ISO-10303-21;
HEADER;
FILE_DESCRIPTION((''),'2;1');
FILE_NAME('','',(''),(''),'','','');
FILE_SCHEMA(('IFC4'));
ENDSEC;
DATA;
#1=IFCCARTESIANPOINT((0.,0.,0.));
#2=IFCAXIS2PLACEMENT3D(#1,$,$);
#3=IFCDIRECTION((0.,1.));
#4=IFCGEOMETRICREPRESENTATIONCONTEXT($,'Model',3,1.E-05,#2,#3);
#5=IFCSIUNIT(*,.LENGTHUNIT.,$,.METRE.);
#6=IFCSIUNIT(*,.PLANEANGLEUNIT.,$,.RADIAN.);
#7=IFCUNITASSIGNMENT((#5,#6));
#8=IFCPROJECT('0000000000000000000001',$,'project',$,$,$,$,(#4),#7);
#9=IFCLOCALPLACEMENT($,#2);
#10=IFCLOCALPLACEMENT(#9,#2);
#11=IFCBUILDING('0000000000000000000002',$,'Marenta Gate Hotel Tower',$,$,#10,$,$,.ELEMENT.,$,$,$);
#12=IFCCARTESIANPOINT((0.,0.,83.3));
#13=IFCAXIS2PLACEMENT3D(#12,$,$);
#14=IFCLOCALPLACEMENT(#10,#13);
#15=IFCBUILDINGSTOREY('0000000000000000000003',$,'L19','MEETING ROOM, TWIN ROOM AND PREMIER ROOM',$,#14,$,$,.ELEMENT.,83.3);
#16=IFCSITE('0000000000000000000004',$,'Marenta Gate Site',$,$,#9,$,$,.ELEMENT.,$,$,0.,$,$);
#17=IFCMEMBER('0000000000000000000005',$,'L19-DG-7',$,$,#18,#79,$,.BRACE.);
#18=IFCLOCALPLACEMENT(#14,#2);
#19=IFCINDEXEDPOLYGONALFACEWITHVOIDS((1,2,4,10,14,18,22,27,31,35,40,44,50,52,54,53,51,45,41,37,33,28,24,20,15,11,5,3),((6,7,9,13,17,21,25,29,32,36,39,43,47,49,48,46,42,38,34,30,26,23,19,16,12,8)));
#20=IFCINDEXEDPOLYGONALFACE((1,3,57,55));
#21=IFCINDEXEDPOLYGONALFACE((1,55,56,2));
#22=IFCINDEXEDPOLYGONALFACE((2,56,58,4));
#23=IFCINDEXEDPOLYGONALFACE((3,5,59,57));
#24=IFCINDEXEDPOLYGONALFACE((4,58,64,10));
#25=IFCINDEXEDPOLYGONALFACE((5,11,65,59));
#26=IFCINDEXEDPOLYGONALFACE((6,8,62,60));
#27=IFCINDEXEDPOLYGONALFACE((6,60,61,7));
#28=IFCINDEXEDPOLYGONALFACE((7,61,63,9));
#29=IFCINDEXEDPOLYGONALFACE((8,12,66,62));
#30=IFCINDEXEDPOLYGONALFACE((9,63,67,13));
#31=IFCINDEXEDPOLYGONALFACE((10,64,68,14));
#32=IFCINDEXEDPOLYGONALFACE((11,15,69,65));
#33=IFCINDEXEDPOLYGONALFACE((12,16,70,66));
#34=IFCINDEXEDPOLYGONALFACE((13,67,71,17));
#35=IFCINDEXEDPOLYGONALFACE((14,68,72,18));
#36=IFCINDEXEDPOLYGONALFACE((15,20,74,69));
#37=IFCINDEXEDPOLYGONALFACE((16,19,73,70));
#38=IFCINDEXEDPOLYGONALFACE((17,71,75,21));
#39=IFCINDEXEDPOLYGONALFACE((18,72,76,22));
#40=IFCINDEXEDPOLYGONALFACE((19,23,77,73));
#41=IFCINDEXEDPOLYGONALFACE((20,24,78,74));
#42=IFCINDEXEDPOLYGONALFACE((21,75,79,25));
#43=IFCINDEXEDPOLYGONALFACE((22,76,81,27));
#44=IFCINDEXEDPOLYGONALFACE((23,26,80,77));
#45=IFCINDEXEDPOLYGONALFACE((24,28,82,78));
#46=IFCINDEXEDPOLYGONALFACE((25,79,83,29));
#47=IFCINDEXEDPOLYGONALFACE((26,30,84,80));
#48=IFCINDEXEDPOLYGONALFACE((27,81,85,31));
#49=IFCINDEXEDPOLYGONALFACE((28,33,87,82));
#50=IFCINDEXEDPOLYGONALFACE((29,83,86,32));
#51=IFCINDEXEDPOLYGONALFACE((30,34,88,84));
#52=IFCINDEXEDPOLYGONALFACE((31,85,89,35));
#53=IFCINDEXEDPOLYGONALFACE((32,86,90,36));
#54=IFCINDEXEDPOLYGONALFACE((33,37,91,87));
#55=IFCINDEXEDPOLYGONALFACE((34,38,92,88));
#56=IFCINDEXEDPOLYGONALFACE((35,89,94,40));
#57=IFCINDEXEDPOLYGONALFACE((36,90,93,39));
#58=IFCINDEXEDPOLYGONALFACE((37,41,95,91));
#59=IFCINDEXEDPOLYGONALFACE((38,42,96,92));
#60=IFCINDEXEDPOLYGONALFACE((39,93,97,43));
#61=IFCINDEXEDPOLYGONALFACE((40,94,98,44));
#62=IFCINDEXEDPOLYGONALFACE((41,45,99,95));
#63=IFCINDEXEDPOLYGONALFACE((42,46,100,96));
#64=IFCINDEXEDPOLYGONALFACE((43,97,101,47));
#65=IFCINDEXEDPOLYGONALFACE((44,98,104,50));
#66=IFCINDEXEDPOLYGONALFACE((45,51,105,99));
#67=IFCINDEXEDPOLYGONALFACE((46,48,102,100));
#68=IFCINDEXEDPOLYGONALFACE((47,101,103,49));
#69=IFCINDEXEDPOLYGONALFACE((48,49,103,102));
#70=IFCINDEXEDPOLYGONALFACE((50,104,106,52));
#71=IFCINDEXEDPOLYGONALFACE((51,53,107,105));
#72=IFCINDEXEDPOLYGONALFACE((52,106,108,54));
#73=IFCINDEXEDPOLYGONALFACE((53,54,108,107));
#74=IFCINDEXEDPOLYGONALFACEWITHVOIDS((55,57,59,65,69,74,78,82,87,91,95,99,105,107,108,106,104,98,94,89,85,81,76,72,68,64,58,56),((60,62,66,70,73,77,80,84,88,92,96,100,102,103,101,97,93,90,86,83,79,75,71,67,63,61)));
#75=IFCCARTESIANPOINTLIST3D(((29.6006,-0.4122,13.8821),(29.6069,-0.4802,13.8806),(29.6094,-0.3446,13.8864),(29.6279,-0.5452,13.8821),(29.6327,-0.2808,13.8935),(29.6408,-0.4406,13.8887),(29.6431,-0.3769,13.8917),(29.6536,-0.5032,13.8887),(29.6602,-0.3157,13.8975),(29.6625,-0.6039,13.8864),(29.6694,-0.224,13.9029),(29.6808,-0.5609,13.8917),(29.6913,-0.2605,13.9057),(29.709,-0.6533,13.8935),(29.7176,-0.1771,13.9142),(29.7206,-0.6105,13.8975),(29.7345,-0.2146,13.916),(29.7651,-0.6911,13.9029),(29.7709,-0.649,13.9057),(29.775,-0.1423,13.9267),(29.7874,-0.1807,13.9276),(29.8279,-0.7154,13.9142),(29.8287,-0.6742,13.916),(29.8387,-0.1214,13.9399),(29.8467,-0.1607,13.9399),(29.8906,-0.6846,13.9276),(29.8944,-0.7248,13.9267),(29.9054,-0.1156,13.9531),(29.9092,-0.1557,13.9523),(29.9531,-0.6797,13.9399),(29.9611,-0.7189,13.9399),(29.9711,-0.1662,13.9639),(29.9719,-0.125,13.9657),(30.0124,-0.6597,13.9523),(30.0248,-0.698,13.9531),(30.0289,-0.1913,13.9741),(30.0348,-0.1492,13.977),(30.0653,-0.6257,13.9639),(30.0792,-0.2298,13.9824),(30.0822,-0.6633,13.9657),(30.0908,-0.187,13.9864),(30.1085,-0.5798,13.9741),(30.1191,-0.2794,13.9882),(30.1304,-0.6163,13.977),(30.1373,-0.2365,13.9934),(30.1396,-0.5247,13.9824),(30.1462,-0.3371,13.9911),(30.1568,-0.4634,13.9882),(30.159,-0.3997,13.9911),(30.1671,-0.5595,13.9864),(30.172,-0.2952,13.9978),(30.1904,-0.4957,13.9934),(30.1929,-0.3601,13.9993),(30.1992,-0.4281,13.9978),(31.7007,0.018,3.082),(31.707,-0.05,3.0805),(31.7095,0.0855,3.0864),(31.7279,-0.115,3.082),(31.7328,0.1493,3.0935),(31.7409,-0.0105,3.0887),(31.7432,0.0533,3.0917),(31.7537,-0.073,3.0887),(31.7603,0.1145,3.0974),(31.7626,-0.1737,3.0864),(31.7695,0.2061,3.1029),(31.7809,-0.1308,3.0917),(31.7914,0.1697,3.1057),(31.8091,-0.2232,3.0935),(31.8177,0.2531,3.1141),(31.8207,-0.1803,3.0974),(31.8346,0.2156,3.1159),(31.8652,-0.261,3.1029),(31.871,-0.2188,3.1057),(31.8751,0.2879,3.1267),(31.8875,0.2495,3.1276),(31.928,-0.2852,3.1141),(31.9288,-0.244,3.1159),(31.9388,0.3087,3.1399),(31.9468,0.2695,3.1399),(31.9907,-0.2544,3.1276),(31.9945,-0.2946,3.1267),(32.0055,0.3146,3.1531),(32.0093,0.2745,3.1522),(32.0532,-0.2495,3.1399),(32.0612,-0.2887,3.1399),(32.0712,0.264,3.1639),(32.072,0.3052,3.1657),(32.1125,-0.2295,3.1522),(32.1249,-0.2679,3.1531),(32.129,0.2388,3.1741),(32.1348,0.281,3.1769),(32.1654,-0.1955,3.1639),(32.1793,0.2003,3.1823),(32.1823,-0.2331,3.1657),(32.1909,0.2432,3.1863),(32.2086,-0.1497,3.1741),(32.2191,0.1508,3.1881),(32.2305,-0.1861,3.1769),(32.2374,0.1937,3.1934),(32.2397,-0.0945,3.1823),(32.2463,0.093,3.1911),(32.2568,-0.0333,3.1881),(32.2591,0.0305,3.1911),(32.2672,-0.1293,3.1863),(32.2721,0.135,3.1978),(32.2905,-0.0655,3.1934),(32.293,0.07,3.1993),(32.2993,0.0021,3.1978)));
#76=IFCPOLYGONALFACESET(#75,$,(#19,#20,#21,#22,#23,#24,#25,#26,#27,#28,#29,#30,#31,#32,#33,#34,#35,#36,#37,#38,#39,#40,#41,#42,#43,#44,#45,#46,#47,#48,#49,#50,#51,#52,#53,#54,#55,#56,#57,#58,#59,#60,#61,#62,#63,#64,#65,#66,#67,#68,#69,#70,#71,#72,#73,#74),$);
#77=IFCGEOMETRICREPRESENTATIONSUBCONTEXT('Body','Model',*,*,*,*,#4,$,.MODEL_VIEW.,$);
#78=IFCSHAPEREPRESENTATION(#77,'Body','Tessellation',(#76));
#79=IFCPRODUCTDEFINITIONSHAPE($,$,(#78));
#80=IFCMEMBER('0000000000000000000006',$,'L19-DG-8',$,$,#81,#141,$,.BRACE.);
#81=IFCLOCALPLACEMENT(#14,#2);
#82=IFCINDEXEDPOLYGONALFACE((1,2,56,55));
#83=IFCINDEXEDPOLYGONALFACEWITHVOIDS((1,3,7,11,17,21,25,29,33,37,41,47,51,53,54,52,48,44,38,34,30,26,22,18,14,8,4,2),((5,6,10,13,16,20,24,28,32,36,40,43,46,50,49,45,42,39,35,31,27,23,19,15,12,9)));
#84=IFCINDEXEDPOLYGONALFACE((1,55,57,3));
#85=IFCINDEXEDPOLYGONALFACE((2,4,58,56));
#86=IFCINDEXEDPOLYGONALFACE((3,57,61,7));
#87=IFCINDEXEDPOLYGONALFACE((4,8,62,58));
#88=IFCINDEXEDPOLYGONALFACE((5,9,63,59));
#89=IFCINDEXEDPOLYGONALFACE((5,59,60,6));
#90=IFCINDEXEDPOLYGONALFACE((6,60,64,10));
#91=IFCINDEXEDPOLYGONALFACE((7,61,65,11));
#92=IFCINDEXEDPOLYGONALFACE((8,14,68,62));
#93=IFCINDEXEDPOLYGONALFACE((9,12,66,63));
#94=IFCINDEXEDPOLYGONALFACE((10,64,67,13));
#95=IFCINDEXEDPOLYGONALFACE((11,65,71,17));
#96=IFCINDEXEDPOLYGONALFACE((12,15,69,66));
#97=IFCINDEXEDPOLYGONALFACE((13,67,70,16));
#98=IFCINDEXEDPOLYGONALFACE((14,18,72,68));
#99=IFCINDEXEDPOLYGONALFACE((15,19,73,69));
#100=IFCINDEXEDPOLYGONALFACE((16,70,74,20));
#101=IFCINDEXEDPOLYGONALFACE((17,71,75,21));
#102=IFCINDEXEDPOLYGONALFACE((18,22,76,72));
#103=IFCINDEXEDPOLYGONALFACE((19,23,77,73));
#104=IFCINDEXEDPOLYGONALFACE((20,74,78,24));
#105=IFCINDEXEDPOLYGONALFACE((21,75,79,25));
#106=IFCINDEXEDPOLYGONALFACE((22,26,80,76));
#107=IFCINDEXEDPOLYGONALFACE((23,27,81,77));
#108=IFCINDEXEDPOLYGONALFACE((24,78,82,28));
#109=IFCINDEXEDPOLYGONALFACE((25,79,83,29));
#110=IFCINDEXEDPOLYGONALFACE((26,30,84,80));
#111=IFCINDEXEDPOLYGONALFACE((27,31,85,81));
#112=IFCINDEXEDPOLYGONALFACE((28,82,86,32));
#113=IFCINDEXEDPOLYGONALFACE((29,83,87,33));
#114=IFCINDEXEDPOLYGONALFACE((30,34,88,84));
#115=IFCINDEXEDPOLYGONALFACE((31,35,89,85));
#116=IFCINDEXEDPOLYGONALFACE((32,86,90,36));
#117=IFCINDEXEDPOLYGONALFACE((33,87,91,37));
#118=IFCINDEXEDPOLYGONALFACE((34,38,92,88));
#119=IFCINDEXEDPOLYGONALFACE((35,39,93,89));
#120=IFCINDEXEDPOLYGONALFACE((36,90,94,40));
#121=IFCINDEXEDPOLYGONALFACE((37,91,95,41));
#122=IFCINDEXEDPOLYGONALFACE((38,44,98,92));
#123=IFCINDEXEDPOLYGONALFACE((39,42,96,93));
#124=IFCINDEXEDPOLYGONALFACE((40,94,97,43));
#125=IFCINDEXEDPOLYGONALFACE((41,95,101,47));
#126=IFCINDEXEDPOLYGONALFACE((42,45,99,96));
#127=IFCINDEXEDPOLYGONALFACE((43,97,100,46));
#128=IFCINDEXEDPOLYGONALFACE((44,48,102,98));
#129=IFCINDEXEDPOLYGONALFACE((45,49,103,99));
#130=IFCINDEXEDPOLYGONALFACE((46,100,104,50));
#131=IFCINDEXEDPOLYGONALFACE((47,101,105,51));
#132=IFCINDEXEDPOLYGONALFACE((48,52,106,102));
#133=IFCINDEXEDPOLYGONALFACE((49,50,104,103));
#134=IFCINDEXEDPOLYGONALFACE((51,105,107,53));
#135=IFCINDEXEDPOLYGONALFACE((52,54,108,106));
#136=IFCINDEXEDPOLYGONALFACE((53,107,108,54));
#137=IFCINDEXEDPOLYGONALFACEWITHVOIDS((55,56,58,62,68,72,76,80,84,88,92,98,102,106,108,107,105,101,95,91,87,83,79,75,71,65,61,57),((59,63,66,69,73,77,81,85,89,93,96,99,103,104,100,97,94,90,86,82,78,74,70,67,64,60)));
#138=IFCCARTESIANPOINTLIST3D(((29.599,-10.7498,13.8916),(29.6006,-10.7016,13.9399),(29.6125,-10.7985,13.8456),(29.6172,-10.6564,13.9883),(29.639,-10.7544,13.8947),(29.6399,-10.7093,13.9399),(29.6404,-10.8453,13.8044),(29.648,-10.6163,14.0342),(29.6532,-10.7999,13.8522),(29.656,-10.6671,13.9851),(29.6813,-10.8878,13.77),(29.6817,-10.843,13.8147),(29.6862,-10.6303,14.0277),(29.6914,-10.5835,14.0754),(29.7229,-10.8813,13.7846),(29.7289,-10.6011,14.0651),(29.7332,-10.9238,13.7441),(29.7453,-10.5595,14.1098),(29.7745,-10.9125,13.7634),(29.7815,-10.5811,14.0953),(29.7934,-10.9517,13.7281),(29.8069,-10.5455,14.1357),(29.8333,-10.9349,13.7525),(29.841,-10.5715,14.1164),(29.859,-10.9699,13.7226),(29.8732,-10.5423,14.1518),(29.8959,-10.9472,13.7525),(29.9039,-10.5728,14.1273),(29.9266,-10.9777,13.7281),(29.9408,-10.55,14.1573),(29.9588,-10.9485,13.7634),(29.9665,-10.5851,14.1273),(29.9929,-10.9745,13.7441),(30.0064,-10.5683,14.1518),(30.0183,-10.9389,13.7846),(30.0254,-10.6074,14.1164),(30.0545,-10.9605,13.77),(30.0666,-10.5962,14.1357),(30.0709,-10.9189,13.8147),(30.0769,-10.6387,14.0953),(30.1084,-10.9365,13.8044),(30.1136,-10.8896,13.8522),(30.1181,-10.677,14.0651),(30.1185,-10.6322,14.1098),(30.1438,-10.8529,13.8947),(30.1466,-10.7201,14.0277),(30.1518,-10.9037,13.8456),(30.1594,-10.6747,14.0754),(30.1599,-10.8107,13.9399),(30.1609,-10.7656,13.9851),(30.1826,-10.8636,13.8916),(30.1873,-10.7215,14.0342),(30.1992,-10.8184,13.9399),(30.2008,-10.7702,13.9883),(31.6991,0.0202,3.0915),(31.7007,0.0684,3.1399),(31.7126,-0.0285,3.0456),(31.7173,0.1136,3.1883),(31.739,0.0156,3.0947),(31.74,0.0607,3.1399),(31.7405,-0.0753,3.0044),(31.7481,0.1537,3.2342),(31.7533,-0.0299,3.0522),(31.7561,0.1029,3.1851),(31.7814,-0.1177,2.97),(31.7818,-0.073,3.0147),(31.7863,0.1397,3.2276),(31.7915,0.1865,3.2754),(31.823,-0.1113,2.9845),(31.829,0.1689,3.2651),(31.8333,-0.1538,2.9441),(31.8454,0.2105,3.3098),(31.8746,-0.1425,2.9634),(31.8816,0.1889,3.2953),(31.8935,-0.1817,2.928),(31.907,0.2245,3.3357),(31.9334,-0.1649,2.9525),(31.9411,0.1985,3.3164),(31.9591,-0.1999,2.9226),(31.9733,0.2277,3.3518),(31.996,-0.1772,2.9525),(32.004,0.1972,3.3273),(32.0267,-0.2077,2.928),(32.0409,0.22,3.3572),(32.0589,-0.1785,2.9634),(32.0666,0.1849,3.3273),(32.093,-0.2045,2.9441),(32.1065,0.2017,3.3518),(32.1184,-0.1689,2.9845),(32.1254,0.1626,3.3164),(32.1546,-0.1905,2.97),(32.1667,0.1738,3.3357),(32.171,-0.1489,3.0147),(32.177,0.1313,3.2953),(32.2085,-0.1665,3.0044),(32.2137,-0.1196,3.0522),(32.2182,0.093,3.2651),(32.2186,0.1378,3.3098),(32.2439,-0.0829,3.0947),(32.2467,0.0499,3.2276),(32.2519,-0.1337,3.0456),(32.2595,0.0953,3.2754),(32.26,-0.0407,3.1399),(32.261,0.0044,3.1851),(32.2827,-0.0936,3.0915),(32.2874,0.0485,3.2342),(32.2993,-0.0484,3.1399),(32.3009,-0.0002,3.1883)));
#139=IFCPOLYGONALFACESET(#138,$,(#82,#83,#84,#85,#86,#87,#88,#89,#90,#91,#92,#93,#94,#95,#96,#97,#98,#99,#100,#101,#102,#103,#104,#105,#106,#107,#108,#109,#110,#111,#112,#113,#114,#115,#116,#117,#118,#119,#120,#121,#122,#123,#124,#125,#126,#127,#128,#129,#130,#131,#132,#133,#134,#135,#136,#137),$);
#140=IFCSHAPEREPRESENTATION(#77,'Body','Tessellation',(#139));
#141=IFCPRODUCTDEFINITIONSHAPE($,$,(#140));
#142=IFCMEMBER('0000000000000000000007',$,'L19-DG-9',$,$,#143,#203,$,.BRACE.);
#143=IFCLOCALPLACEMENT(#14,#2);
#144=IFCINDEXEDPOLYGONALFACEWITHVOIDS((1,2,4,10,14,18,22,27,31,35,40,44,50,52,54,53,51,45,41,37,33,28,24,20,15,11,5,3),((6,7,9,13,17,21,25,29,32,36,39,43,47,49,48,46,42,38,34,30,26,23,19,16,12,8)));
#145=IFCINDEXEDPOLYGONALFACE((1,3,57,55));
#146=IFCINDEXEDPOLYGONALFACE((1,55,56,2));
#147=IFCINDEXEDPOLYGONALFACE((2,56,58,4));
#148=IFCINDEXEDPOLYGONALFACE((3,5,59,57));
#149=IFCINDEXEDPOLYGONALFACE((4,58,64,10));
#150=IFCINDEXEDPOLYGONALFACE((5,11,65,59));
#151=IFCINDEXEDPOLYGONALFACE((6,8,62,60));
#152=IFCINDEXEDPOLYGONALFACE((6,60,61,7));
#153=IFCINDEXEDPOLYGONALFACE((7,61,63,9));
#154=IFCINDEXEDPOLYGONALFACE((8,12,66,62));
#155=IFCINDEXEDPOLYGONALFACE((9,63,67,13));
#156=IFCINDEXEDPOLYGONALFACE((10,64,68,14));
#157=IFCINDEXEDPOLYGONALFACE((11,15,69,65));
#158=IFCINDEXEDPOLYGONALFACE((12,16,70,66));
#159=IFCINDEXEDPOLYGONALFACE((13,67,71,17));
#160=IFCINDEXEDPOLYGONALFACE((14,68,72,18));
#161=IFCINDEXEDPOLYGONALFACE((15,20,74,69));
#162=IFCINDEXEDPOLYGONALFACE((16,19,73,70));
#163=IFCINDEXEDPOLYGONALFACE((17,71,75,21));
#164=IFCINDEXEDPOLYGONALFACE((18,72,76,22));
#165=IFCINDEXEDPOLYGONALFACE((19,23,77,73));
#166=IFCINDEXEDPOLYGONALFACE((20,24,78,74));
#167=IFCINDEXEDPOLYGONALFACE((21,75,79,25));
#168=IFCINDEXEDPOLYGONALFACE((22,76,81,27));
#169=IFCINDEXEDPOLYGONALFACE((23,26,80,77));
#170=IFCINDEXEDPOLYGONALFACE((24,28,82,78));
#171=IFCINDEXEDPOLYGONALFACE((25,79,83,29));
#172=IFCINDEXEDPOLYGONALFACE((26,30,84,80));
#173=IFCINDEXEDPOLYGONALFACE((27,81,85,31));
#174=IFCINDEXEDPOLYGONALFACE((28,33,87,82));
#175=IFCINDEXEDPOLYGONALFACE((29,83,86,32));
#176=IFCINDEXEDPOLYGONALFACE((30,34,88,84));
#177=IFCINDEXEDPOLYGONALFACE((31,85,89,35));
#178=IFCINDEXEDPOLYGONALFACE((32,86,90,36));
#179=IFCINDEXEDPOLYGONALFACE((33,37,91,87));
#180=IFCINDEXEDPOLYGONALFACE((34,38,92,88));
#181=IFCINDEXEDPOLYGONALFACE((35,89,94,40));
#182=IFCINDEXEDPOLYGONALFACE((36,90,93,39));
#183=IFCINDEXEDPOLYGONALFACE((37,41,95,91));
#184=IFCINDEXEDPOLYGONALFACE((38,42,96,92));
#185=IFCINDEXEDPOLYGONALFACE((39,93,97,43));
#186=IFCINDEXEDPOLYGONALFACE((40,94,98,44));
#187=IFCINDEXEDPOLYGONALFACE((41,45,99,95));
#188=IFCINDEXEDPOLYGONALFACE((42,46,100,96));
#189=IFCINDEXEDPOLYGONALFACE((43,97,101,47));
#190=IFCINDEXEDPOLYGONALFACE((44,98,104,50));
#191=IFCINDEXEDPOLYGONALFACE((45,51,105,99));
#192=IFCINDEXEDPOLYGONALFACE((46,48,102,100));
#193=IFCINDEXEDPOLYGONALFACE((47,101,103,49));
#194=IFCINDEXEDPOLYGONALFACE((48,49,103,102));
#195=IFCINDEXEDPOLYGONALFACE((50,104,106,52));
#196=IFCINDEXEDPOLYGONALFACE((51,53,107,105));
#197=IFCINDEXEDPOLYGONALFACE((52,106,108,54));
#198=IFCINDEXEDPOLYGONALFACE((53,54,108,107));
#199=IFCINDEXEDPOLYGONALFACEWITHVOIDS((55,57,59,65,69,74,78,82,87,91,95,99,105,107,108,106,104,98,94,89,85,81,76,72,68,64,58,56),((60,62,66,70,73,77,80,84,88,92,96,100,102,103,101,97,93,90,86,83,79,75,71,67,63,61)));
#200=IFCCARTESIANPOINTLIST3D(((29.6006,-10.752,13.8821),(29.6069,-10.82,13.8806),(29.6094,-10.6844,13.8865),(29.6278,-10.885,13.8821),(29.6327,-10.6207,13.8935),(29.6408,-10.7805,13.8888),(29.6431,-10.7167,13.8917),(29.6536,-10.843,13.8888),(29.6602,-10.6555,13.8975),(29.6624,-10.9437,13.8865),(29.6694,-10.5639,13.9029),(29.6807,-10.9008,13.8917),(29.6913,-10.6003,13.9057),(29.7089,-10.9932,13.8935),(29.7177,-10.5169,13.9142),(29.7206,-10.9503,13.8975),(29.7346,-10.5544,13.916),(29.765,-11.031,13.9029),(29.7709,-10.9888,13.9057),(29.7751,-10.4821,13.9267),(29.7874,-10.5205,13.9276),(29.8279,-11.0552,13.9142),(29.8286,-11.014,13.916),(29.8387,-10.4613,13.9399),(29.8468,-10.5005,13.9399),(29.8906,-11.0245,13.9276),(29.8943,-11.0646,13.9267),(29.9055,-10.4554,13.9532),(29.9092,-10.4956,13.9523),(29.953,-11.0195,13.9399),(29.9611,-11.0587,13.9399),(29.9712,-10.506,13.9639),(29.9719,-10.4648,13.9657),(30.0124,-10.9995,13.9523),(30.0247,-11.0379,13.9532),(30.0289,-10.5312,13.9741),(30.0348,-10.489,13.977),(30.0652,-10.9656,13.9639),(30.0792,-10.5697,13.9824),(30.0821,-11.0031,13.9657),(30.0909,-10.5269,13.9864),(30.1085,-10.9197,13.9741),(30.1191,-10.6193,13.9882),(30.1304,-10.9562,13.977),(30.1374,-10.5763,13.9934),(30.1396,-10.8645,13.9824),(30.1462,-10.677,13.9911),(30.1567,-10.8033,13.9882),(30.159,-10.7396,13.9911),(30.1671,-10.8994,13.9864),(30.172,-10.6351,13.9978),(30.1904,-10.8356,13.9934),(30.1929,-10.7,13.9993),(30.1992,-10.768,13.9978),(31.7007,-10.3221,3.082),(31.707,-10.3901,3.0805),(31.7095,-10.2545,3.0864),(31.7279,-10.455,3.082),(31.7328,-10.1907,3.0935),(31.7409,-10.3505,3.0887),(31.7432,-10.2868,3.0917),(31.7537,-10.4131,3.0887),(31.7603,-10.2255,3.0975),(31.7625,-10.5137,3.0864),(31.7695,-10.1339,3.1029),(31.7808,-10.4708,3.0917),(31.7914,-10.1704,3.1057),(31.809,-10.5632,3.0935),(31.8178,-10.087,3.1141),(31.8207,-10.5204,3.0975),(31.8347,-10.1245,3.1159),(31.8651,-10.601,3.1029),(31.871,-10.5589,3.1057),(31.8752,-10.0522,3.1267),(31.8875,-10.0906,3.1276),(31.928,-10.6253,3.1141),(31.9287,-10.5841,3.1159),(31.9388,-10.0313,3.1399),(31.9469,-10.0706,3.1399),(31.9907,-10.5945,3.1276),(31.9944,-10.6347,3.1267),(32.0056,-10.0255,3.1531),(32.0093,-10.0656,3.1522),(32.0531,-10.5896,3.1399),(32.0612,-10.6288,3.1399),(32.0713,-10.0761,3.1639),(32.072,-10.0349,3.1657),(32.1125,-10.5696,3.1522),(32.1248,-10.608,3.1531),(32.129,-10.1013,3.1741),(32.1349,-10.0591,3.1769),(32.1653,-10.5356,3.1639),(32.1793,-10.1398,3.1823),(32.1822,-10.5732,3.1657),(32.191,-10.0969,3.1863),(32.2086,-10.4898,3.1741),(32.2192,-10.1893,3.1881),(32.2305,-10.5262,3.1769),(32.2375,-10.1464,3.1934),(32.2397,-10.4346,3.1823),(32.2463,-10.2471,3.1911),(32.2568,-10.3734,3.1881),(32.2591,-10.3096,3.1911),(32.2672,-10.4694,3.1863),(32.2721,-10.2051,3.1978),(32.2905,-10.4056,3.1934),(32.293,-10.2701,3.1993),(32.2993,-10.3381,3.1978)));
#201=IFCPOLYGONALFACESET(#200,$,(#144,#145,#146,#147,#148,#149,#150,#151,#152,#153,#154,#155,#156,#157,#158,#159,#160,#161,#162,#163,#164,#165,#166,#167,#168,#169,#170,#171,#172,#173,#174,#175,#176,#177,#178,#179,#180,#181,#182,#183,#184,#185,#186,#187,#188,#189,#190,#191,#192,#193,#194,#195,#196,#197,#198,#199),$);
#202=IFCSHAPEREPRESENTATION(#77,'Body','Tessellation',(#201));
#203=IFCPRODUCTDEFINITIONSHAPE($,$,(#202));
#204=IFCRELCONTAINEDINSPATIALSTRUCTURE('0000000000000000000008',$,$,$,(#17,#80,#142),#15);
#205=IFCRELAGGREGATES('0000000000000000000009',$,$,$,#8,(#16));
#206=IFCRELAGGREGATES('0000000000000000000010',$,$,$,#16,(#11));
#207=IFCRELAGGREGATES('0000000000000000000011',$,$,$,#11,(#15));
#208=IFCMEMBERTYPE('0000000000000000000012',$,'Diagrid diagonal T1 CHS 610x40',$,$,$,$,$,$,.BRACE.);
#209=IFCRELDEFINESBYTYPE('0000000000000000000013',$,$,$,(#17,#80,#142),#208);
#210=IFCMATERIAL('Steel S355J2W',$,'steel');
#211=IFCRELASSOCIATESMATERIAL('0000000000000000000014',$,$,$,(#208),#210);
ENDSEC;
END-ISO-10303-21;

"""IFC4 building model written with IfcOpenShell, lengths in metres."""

from ifc_helpers import new_model, si_unit, direction, frame, origin, origin_2d, place, context, subcontext, project, spatial, hollow_circle, extrude, material, material_profile, profile_set, type_object, element, save


model = new_model("IFC4")

# Units and contexts
model_context = context("Model", 3, precision=1e-05, world=origin(), true_north=direction((0.0, 1.0)))
body_context = subcontext(model_context, "Body", "Model", "MODEL_VIEW")
ifc_project = project(units=[si_unit("LENGTHUNIT", "METRE"), si_unit("PLANEANGLEUNIT", "RADIAN")], contexts=[model_context])

# Site, building, storey
site_placement = place(None, origin())
site = spatial("IfcSite", under=ifc_project, at=site_placement, Name="Marenta Gate Site", CompositionType="ELEMENT", RefElevation=0.0)
building_placement = place(site_placement, origin())
building = spatial("IfcBuilding", under=site, at=building_placement, Name="Marenta Gate Hotel Tower", CompositionType="ELEMENT")
storey_placement = place(building_placement, frame((0.0, 0.0, 83.3)))
storey = spatial("IfcBuildingStorey", under=building, at=storey_placement, Name="L19", Description="MEETING ROOM, TWIN ROOM AND PREMIER ROOM", CompositionType="ELEMENT", Elevation=83.3)

# Members
ifc_material_1 = material(Name="Steel S355J2W", Category="steel")
ifc_material_profile_1 = material_profile(ifc_material_1, hollow_circle(Radius=0.3049, WallThickness=0.04, at=origin_2d()), Name="CHS 610x40")
ifc_profile_set_1 = profile_set([ifc_material_profile_1], Name="Steel S355J2W")
member_type_1 = type_object("IfcMemberType", Name="Diagrid diagonal T1 CHS 610x40", PredefinedType="BRACE", material=ifc_profile_set_1)
member_1_placement = place(storey_placement, frame((32.0, 0.01, 3.1399), z_axis=(-0.190732, -0.039069, 0.980864), x_axis=(0.20067, -0.979659, 0.0)))
element("IfcMember", 1, at=member_1_placement, inside=storey, type_object=member_type_1, Name="L19-DG-7", PredefinedType="BRACE", context=body_context, shape_type="SweptSolid", body=[
    extrude(hollow_circle(Radius=0.3049, WallThickness=0.04, at=origin_2d()), origin(), (0.0, 0.0, 1.0), 11.0107),
])
member_2_placement = place(storey_placement, frame((32.0, 0.01, 3.1399), z_axis=(-0.136403, -0.699522, 0.701472), x_axis=(0.981514, -0.19139, 0.0)))
element("IfcMember", 2, at=member_2_placement, inside=storey, type_object=member_type_1, Name="L19-DG-8", PredefinedType="BRACE", context=body_context, shape_type="SweptSolid", body=[
    extrude(hollow_circle(Radius=0.3049, WallThickness=0.04, at=origin_2d()), origin(), (0.0, 0.0, 1.0), 15.3962),
])
member_3_placement = place(storey_placement, frame((32.0, -10.3301, 3.1399), z_axis=(-0.190732, -0.039047, 0.980865), x_axis=(0.20056, -0.979681, 0.0)))
element("IfcMember", 3, at=member_3_placement, inside=storey, type_object=member_type_1, Name="L19-DG-9", PredefinedType="BRACE", context=body_context, shape_type="SweptSolid", body=[
    extrude(hollow_circle(Radius=0.3049, WallThickness=0.04, at=origin_2d()), origin(), (0.0, 0.0, 1.0), 11.0107),
])

save(model, "model.ifc")
